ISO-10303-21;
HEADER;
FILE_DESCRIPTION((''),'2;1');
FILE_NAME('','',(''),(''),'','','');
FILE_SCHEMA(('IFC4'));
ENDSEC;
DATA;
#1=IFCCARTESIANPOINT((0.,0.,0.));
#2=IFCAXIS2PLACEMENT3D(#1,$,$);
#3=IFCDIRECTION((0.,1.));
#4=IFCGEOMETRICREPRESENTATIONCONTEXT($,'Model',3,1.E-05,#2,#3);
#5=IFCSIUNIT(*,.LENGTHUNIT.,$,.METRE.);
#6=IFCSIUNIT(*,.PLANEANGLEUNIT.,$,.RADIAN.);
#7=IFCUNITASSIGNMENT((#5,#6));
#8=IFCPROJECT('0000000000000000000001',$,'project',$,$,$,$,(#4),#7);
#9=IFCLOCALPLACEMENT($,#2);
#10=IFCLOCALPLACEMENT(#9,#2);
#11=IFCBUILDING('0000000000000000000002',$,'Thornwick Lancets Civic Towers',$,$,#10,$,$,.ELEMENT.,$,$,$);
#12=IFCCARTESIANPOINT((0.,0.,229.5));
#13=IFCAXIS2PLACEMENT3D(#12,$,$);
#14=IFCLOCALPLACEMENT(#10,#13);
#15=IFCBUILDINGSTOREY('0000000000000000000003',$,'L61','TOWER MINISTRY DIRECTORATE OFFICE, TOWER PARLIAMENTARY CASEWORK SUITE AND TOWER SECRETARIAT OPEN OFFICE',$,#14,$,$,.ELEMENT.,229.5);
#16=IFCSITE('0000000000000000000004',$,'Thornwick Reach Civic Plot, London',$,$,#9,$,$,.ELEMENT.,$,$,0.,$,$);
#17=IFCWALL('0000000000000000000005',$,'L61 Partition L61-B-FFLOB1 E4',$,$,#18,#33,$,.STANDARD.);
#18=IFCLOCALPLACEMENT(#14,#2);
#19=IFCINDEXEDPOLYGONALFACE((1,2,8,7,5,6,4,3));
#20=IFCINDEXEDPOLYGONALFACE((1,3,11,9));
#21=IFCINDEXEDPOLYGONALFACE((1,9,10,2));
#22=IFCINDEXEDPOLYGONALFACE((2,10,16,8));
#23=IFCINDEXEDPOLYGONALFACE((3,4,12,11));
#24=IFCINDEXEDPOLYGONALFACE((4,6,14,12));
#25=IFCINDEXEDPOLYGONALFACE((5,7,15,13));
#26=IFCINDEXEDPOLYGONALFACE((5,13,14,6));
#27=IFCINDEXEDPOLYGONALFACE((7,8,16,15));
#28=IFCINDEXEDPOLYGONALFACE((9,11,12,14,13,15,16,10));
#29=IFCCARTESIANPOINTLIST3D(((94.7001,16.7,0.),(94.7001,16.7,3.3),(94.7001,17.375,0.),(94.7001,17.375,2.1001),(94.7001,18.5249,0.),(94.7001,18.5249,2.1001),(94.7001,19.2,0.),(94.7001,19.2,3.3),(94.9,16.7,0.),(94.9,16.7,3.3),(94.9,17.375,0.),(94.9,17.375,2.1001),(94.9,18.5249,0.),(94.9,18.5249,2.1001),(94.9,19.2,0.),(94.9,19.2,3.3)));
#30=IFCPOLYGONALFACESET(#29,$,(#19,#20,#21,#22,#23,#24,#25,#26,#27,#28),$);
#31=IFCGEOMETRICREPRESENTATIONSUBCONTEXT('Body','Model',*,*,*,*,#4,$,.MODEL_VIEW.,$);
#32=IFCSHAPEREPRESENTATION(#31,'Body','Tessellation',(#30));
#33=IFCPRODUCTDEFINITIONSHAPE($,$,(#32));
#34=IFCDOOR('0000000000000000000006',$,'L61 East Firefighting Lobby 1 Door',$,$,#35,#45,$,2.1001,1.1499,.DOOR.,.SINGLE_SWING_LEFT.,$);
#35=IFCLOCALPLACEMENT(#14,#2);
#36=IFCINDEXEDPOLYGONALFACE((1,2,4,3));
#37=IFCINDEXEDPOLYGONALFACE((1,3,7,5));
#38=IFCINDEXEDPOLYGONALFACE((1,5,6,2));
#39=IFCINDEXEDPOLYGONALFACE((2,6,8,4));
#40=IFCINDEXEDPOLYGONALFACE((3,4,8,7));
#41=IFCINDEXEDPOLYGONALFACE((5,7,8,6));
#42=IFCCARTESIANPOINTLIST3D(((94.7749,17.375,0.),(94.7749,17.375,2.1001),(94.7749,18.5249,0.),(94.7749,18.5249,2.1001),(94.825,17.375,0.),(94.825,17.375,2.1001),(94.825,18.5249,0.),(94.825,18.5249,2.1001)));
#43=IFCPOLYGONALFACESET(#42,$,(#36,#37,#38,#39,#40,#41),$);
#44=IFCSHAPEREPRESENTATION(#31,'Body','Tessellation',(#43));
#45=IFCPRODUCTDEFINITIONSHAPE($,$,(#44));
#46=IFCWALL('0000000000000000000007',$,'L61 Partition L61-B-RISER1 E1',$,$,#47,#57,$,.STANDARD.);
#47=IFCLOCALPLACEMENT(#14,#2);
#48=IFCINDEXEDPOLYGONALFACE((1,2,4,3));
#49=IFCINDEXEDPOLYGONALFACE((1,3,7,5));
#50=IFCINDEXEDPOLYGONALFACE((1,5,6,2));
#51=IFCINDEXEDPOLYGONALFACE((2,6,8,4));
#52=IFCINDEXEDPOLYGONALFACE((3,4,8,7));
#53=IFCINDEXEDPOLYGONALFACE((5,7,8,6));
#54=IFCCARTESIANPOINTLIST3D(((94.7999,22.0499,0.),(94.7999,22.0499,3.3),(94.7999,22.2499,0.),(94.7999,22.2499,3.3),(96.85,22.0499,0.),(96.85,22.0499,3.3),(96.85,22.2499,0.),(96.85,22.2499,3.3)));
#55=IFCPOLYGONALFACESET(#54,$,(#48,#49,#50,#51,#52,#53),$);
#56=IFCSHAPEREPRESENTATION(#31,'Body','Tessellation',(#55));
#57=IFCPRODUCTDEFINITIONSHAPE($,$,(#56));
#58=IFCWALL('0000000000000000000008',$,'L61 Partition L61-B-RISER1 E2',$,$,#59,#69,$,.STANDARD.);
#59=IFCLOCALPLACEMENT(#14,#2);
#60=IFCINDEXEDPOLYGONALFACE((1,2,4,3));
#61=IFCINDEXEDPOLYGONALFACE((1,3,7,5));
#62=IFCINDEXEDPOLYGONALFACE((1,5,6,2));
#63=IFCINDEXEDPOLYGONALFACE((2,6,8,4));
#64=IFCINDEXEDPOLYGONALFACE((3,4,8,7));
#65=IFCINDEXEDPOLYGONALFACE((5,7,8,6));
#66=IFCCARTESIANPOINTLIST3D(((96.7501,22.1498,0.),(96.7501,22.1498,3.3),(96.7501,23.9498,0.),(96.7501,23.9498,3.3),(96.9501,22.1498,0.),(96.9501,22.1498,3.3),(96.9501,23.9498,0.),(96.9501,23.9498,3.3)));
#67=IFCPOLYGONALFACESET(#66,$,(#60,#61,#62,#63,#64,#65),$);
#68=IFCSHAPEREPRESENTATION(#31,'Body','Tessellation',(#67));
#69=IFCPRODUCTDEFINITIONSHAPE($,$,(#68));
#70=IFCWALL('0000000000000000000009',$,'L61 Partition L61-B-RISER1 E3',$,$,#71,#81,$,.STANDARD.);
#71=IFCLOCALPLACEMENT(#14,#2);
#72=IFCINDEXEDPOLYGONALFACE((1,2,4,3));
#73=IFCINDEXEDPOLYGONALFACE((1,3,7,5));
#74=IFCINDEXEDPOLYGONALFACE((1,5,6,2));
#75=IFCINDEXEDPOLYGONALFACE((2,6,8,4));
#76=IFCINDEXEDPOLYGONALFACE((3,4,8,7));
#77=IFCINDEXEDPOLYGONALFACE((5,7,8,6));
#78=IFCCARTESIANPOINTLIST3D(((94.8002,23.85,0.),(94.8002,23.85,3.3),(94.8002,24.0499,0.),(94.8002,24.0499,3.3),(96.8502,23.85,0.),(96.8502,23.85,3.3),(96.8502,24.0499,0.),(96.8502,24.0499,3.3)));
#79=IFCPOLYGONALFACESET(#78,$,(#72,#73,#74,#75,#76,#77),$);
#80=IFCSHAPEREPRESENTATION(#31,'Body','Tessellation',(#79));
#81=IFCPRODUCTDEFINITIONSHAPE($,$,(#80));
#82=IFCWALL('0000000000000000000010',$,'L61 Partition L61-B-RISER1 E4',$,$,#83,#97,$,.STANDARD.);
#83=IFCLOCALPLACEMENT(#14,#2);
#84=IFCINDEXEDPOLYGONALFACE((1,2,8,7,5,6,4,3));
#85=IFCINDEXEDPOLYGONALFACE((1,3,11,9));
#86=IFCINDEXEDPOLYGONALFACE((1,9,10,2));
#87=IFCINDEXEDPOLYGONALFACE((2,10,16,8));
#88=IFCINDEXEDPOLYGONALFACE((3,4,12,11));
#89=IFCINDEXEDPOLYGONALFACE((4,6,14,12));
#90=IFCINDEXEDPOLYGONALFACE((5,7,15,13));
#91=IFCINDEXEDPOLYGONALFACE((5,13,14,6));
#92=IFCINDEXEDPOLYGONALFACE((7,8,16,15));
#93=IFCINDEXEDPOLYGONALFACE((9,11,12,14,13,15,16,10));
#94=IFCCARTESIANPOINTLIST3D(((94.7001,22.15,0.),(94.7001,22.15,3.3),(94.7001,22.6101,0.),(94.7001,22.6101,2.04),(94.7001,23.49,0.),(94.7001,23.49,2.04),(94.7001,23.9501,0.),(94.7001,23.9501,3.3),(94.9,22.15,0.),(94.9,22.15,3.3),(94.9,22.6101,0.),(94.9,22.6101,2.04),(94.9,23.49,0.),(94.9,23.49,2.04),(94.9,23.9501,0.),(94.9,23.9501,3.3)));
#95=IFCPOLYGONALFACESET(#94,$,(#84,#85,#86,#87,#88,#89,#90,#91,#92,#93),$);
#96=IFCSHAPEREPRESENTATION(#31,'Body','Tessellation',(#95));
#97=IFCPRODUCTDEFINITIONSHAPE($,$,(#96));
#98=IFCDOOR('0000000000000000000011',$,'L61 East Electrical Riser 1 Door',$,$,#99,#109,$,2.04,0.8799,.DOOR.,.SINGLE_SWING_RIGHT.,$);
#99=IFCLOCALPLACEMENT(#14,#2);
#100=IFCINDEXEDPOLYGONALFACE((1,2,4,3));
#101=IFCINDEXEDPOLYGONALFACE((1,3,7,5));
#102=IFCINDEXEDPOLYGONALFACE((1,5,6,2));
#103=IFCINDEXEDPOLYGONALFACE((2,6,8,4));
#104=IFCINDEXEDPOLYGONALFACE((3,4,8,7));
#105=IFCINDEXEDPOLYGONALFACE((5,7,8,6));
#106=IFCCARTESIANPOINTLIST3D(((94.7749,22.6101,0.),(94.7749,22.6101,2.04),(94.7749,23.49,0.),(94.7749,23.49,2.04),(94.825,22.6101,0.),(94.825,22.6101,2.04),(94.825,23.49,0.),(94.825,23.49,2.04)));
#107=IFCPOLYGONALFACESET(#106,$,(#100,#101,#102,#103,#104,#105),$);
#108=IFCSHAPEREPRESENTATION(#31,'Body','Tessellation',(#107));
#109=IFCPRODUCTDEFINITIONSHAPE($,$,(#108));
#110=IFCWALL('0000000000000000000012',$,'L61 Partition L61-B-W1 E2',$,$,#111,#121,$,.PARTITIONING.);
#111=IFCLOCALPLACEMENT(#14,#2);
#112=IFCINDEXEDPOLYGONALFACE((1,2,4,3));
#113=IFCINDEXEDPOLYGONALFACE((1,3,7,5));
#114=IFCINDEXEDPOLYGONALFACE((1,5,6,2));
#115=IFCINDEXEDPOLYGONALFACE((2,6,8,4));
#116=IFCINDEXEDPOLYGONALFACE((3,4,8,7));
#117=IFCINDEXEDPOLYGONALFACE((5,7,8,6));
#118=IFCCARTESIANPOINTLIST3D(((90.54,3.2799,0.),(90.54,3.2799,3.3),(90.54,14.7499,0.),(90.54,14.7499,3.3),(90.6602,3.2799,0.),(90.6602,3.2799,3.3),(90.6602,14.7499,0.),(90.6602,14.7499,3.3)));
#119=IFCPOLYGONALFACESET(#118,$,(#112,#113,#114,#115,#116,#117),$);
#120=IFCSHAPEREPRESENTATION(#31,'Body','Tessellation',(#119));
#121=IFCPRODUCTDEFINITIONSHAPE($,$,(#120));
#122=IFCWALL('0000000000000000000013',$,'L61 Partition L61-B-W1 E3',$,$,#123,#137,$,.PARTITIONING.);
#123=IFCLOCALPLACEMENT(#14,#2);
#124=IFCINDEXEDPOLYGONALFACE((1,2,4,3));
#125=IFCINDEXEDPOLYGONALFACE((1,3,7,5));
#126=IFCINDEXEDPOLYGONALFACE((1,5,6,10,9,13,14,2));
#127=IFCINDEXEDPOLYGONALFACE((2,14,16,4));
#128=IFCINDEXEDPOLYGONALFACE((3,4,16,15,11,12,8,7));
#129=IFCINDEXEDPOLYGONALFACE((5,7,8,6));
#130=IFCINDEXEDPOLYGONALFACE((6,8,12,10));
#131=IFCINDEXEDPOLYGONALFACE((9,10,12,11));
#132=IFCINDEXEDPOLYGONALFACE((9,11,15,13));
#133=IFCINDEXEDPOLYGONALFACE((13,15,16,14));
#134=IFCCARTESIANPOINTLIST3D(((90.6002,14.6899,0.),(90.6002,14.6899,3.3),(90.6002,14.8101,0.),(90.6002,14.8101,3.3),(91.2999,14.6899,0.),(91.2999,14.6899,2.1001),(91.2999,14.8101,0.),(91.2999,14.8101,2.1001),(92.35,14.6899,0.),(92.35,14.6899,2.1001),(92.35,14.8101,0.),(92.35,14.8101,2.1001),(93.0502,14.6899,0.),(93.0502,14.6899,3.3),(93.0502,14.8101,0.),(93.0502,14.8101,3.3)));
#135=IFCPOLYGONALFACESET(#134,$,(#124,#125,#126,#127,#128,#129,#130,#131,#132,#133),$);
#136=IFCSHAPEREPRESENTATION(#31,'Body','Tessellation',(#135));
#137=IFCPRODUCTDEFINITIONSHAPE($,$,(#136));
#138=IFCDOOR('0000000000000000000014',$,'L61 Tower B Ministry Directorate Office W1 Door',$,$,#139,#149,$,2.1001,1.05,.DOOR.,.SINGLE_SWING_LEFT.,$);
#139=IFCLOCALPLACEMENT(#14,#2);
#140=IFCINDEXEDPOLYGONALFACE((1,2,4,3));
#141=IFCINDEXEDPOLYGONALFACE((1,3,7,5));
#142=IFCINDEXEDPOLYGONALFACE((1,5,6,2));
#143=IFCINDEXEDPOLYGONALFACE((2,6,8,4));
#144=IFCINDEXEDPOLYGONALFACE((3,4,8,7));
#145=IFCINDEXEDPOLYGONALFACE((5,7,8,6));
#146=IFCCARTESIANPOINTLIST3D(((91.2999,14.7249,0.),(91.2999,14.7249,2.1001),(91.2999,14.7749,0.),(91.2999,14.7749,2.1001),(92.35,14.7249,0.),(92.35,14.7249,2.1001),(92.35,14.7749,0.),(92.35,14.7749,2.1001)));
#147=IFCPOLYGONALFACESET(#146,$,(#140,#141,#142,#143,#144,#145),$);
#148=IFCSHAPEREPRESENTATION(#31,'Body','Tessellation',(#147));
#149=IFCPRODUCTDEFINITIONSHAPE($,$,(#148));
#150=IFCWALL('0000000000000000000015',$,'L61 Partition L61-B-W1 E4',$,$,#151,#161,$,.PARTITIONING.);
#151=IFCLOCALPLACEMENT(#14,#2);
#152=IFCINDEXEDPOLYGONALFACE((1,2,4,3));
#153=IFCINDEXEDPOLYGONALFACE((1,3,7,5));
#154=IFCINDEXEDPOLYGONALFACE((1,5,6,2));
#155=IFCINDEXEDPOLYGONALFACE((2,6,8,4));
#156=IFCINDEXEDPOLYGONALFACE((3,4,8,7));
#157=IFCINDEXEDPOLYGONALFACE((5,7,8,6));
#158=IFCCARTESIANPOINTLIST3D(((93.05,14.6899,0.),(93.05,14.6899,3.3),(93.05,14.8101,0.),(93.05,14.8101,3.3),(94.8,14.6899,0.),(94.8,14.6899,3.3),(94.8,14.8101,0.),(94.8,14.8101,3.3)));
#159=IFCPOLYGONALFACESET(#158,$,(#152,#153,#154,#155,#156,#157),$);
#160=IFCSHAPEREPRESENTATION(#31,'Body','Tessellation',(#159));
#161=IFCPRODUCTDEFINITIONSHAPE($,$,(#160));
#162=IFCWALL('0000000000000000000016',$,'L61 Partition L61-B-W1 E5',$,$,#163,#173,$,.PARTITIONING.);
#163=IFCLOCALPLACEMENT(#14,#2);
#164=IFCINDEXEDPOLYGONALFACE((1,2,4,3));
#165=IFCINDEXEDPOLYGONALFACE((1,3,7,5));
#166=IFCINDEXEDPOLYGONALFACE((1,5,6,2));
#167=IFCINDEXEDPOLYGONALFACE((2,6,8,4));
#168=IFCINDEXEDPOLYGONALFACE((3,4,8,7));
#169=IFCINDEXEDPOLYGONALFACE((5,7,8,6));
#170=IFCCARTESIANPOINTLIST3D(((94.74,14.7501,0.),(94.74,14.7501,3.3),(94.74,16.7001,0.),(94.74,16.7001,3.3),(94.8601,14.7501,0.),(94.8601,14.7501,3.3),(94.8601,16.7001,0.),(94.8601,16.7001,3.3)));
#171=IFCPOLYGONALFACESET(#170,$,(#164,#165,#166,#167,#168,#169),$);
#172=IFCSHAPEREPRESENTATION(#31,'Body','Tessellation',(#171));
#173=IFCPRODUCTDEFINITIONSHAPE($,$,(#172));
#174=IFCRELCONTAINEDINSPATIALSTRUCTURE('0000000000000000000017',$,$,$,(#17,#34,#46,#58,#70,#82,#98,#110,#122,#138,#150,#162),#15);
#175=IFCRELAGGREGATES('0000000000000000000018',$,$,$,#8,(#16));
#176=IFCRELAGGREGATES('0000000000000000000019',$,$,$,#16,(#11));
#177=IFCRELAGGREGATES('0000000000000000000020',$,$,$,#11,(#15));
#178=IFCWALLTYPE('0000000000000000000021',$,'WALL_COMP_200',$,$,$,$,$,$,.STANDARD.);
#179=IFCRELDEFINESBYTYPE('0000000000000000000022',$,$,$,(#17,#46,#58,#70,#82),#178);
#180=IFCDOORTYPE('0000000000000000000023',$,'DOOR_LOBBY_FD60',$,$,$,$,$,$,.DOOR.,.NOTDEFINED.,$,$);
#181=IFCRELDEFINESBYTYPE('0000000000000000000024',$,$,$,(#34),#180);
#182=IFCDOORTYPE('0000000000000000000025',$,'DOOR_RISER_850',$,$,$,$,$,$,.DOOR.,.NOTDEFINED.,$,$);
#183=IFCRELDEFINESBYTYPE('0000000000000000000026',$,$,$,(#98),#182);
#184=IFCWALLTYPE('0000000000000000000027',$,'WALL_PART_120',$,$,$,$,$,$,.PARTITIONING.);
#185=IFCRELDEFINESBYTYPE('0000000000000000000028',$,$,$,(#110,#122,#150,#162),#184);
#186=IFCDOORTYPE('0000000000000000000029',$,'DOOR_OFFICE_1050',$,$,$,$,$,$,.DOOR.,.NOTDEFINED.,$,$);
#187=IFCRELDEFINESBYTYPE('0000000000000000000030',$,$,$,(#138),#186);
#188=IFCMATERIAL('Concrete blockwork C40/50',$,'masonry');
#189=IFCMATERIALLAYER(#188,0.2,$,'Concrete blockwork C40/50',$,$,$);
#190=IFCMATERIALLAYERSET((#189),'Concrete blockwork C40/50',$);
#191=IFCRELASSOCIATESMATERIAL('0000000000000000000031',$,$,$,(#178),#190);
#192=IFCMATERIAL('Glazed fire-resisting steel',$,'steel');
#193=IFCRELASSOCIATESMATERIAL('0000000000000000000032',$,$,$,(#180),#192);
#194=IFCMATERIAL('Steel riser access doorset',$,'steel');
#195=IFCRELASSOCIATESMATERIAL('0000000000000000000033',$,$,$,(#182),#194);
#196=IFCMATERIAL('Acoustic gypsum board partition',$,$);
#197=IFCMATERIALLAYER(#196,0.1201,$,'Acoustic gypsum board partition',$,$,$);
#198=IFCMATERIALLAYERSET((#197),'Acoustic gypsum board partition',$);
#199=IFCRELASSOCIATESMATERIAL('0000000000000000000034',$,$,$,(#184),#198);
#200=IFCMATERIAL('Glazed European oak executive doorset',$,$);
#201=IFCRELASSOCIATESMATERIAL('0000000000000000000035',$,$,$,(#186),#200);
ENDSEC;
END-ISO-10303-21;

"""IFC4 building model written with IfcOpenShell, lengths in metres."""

from ifc_helpers import new_model, si_unit, direction, frame, frame_2d, origin, place, context, subcontext, project, spatial, rectangle, extrude, material, layer, layer_set, type_object, element, fill, save


model = new_model("IFC4")

# Units and contexts
model_context = context("Model", 3, precision=1e-05, world=origin(), true_north=direction((0.0, 1.0)))
body_context = subcontext(model_context, "Body", "Model", "MODEL_VIEW")
ifc_project = project(units=[si_unit("LENGTHUNIT", "METRE"), si_unit("PLANEANGLEUNIT", "RADIAN")], contexts=[model_context])

# Site, building, storey
site_placement = place(None, origin())
site = spatial("IfcSite", under=ifc_project, at=site_placement, Name="Thornwick Reach Civic Plot, London", CompositionType="ELEMENT", RefElevation=0.0)
building_placement = place(site_placement, origin())
building = spatial("IfcBuilding", under=site, at=building_placement, Name="Thornwick Lancets Civic Towers", CompositionType="ELEMENT")
storey_placement = place(building_placement, frame((0.0, 0.0, 229.5)))
storey = spatial("IfcBuildingStorey", under=building, at=storey_placement, Name="L61", Description="TOWER MINISTRY DIRECTORATE OFFICE, TOWER PARLIAMENTARY CASEWORK SUITE AND TOWER SECRETARIAT OPEN OFFICE", CompositionType="ELEMENT", Elevation=229.5)

# Shared definitions
ifc_material_1 = material(Name="Concrete blockwork C40/50", Category="masonry")
ifc_layer_1 = layer(ifc_material_1, 0.2, Name="Concrete blockwork C40/50")
ifc_layer_set_1 = layer_set([ifc_layer_1], Name="Concrete blockwork C40/50")
wall_type_1 = type_object("IfcWallType", Name="WALL_COMP_200", PredefinedType="STANDARD", material=ifc_layer_set_1)

# Wall, opening, door
wall_1_placement = place(storey_placement, frame((94.8, 19.2, 0.0), z_axis=(0.0, 0.0, 1.0), x_axis=(0.0, -1.0, 0.0)))
wall_1 = element("IfcWall", 1, at=wall_1_placement, inside=storey, type_object=wall_type_1, Name="L61 Partition L61-B-FFLOB1 E4", PredefinedType="STANDARD", context=body_context, shape_type="SweptSolid", body=[
    extrude(rectangle(XDim=2.5, YDim=0.2, at=frame_2d((1.25, 0.0))), origin(), (0.0, 0.0, 1.0), 3.3),
])
opening_1_placement = place(wall_1_placement, frame((0.675, 0.0, 0.0)))
opening_1 = element("IfcOpeningElement", 2, at=opening_1_placement, cuts=wall_1, PredefinedType="OPENING", context=body_context, shape_type="SweptSolid", body=[
    extrude(rectangle(XDim=1.1499, YDim=2.1001, at=frame_2d((0.575, 1.05))), frame((0.0, 0.1099, 0.0), z_axis=(0.0, -1.0, 0.0), x_axis=(1.0, 0.0, 0.0)), (0.0, 0.0, 1.0), 0.22),
])
ifc_material_2 = material(Name="Glazed fire-resisting steel", Category="steel")
door_type_1 = type_object("IfcDoorType", Name="DOOR_LOBBY_FD60", OperationType="NOTDEFINED", PredefinedType="DOOR", material=ifc_material_2)
door_1_placement = place(opening_1_placement, origin())
door_1 = element("IfcDoor", 3, at=door_1_placement, inside=storey, type_object=door_type_1, Name="L61 East Firefighting Lobby 1 Door", OperationType="SINGLE_SWING_LEFT", OverallHeight=2.1001, OverallWidth=1.1499, PredefinedType="DOOR", context=body_context, shape_type="SweptSolid", body=[
    extrude(rectangle(XDim=1.1499, YDim=2.1001, at=frame_2d((0.575, 1.05))), frame((0.0, 0.0249, 0.0), z_axis=(0.0, -1.0, 0.0), x_axis=(1.0, 0.0, 0.0)), (0.0, 0.0, 1.0), 0.05),
])
fill(opening_1, door_1)

# Walls
wall_2_placement = place(storey_placement, frame((94.8, 22.1499, 0.0), z_axis=(0.0, 0.0, 1.0), x_axis=(1.0, 0.0, 0.0)))
element("IfcWall", 4, at=wall_2_placement, inside=storey, type_object=wall_type_1, Name="L61 Partition L61-B-RISER1 E1", PredefinedType="STANDARD", context=body_context, shape_type="SweptSolid", body=[
    extrude(rectangle(XDim=2.05, YDim=0.2, at=frame_2d((1.0249, 0.0))), origin(), (0.0, 0.0, 1.0), 3.3),
])
wall_3_placement = place(storey_placement, frame((96.8501, 22.1499, 0.0), z_axis=(0.0, 0.0, 1.0), x_axis=(0.0, 1.0, 0.0)))
element("IfcWall", 5, at=wall_3_placement, inside=storey, type_object=wall_type_1, Name="L61 Partition L61-B-RISER1 E2", PredefinedType="STANDARD", context=body_context, shape_type="SweptSolid", body=[
    extrude(rectangle(XDim=1.8, YDim=0.2, at=frame_2d((0.8999, 0.0))), origin(), (0.0, 0.0, 1.0), 3.3),
])
wall_4_placement = place(storey_placement, frame((96.8501, 23.95, 0.0), z_axis=(0.0, 0.0, 1.0), x_axis=(-1.0, 0.0, 0.0)))
element("IfcWall", 6, at=wall_4_placement, inside=storey, type_object=wall_type_1, Name="L61 Partition L61-B-RISER1 E3", PredefinedType="STANDARD", context=body_context, shape_type="SweptSolid", body=[
    extrude(rectangle(XDim=2.05, YDim=0.2, at=frame_2d((1.0249, 0.0))), origin(), (0.0, 0.0, 1.0), 3.3),
])

# Wall, opening, door
wall_5_placement = place(storey_placement, frame((94.8, 23.95, 0.0), z_axis=(0.0, 0.0, 1.0), x_axis=(0.0, -1.0, 0.0)))
wall_5 = element("IfcWall", 7, at=wall_5_placement, inside=storey, type_object=wall_type_1, Name="L61 Partition L61-B-RISER1 E4", PredefinedType="STANDARD", context=body_context, shape_type="SweptSolid", body=[
    extrude(rectangle(XDim=1.8, YDim=0.2, at=frame_2d((0.8999, 0.0))), origin(), (0.0, 0.0, 1.0), 3.3),
])
opening_2_placement = place(wall_5_placement, frame((0.46, 0.0, 0.0)))
opening_2 = element("IfcOpeningElement", 8, at=opening_2_placement, cuts=wall_5, PredefinedType="OPENING", context=body_context, shape_type="SweptSolid", body=[
    extrude(rectangle(XDim=0.8799, YDim=2.04, at=frame_2d((0.4399, 1.02))), frame((0.0, 0.1099, 0.0), z_axis=(0.0, -1.0, 0.0), x_axis=(1.0, 0.0, 0.0)), (0.0, 0.0, 1.0), 0.22),
])
ifc_material_3 = material(Name="Steel riser access doorset", Category="steel")
door_type_2 = type_object("IfcDoorType", Name="DOOR_RISER_850", OperationType="NOTDEFINED", PredefinedType="DOOR", material=ifc_material_3)
door_2_placement = place(opening_2_placement, origin())
door_2 = element("IfcDoor", 9, at=door_2_placement, inside=storey, type_object=door_type_2, Name="L61 East Electrical Riser 1 Door", OperationType="SINGLE_SWING_RIGHT", OverallHeight=2.04, OverallWidth=0.8799, PredefinedType="DOOR", context=body_context, shape_type="SweptSolid", body=[
    extrude(rectangle(XDim=0.8799, YDim=2.04, at=frame_2d((0.4399, 1.02))), frame((0.0, 0.0249, 0.0), z_axis=(0.0, -1.0, 0.0), x_axis=(1.0, 0.0, 0.0)), (0.0, 0.0, 1.0), 0.05),
])
fill(opening_2, door_2)

# Wall
ifc_material_4 = material(Name="Acoustic gypsum board partition")
ifc_layer_2 = layer(ifc_material_4, 0.1201, Name="Acoustic gypsum board partition")
ifc_layer_set_2 = layer_set([ifc_layer_2], Name="Acoustic gypsum board partition")
wall_type_2 = type_object("IfcWallType", Name="WALL_PART_120", PredefinedType="PARTITIONING", material=ifc_layer_set_2)
wall_6_placement = place(storey_placement, frame((90.6001, 3.28, 0.0), z_axis=(0.0, 0.0, 1.0), x_axis=(0.0, 1.0, 0.0)))
element("IfcWall", 10, at=wall_6_placement, inside=storey, type_object=wall_type_2, Name="L61 Partition L61-B-W1 E2", PredefinedType="PARTITIONING", context=body_context, shape_type="SweptSolid", body=[
    extrude(rectangle(XDim=11.47, YDim=0.1201, at=frame_2d((5.7349, 0.0))), origin(), (0.0, 0.0, 1.0), 3.3),
])

# Wall, opening, door
wall_7_placement = place(storey_placement, frame((90.6001, 14.75, 0.0), z_axis=(0.0, 0.0, 1.0), x_axis=(1.0, 0.0, 0.0)))
wall_7 = element("IfcWall", 11, at=wall_7_placement, inside=storey, type_object=wall_type_2, Name="L61 Partition L61-B-W1 E3", PredefinedType="PARTITIONING", context=body_context, shape_type="SweptSolid", body=[
    extrude(rectangle(XDim=2.45, YDim=0.1201, at=frame_2d((1.2251, 0.0))), origin(), (0.0, 0.0, 1.0), 3.3),
])
opening_3_placement = place(wall_7_placement, frame((0.7, 0.0, 0.0)))
opening_3 = element("IfcOpeningElement", 12, at=opening_3_placement, cuts=wall_7, PredefinedType="OPENING", context=body_context, shape_type="SweptSolid", body=[
    extrude(rectangle(XDim=1.05, YDim=2.1001, at=frame_2d((0.5249, 1.05))), frame((0.0, 0.0701, 0.0), z_axis=(0.0, -1.0, 0.0), x_axis=(1.0, 0.0, 0.0)), (0.0, 0.0, 1.0), 0.1401),
])
ifc_material_5 = material(Name="Glazed European oak executive doorset")
door_type_3 = type_object("IfcDoorType", Name="DOOR_OFFICE_1050", OperationType="NOTDEFINED", PredefinedType="DOOR", material=ifc_material_5)
door_3_placement = place(opening_3_placement, origin())
door_3 = element("IfcDoor", 13, at=door_3_placement, inside=storey, type_object=door_type_3, Name="L61 Tower B Ministry Directorate Office W1 Door", OperationType="SINGLE_SWING_LEFT", OverallHeight=2.1001, OverallWidth=1.05, PredefinedType="DOOR", context=body_context, shape_type="SweptSolid", body=[
    extrude(rectangle(XDim=1.05, YDim=2.1001, at=frame_2d((0.5249, 1.05))), frame((0.0, 0.0249, 0.0), z_axis=(0.0, -1.0, 0.0), x_axis=(1.0, 0.0, 0.0)), (0.0, 0.0, 1.0), 0.05),
])
fill(opening_3, door_3)

# Walls
wall_8_placement = place(storey_placement, frame((93.05, 14.75, 0.0), z_axis=(0.0, 0.0, 1.0), x_axis=(1.0, 0.0, 0.0)))
element("IfcWall", 14, at=wall_8_placement, inside=storey, type_object=wall_type_2, Name="L61 Partition L61-B-W1 E4", PredefinedType="PARTITIONING", context=body_context, shape_type="SweptSolid", body=[
    extrude(rectangle(XDim=1.75, YDim=0.1201, at=frame_2d((0.875, 0.0))), origin(), (0.0, 0.0, 1.0), 3.3),
])
wall_9_placement = place(storey_placement, frame((94.8, 14.75, 0.0), z_axis=(0.0, 0.0, 1.0), x_axis=(0.0, 1.0, 0.0)))
element("IfcWall", 15, at=wall_9_placement, inside=storey, type_object=wall_type_2, Name="L61 Partition L61-B-W1 E5", PredefinedType="PARTITIONING", context=body_context, shape_type="SweptSolid", body=[
    extrude(rectangle(XDim=1.95, YDim=0.1201, at=frame_2d((0.9751, 0.0))), origin(), (0.0, 0.0, 1.0), 3.3),
])

save(model, "model.ifc")
